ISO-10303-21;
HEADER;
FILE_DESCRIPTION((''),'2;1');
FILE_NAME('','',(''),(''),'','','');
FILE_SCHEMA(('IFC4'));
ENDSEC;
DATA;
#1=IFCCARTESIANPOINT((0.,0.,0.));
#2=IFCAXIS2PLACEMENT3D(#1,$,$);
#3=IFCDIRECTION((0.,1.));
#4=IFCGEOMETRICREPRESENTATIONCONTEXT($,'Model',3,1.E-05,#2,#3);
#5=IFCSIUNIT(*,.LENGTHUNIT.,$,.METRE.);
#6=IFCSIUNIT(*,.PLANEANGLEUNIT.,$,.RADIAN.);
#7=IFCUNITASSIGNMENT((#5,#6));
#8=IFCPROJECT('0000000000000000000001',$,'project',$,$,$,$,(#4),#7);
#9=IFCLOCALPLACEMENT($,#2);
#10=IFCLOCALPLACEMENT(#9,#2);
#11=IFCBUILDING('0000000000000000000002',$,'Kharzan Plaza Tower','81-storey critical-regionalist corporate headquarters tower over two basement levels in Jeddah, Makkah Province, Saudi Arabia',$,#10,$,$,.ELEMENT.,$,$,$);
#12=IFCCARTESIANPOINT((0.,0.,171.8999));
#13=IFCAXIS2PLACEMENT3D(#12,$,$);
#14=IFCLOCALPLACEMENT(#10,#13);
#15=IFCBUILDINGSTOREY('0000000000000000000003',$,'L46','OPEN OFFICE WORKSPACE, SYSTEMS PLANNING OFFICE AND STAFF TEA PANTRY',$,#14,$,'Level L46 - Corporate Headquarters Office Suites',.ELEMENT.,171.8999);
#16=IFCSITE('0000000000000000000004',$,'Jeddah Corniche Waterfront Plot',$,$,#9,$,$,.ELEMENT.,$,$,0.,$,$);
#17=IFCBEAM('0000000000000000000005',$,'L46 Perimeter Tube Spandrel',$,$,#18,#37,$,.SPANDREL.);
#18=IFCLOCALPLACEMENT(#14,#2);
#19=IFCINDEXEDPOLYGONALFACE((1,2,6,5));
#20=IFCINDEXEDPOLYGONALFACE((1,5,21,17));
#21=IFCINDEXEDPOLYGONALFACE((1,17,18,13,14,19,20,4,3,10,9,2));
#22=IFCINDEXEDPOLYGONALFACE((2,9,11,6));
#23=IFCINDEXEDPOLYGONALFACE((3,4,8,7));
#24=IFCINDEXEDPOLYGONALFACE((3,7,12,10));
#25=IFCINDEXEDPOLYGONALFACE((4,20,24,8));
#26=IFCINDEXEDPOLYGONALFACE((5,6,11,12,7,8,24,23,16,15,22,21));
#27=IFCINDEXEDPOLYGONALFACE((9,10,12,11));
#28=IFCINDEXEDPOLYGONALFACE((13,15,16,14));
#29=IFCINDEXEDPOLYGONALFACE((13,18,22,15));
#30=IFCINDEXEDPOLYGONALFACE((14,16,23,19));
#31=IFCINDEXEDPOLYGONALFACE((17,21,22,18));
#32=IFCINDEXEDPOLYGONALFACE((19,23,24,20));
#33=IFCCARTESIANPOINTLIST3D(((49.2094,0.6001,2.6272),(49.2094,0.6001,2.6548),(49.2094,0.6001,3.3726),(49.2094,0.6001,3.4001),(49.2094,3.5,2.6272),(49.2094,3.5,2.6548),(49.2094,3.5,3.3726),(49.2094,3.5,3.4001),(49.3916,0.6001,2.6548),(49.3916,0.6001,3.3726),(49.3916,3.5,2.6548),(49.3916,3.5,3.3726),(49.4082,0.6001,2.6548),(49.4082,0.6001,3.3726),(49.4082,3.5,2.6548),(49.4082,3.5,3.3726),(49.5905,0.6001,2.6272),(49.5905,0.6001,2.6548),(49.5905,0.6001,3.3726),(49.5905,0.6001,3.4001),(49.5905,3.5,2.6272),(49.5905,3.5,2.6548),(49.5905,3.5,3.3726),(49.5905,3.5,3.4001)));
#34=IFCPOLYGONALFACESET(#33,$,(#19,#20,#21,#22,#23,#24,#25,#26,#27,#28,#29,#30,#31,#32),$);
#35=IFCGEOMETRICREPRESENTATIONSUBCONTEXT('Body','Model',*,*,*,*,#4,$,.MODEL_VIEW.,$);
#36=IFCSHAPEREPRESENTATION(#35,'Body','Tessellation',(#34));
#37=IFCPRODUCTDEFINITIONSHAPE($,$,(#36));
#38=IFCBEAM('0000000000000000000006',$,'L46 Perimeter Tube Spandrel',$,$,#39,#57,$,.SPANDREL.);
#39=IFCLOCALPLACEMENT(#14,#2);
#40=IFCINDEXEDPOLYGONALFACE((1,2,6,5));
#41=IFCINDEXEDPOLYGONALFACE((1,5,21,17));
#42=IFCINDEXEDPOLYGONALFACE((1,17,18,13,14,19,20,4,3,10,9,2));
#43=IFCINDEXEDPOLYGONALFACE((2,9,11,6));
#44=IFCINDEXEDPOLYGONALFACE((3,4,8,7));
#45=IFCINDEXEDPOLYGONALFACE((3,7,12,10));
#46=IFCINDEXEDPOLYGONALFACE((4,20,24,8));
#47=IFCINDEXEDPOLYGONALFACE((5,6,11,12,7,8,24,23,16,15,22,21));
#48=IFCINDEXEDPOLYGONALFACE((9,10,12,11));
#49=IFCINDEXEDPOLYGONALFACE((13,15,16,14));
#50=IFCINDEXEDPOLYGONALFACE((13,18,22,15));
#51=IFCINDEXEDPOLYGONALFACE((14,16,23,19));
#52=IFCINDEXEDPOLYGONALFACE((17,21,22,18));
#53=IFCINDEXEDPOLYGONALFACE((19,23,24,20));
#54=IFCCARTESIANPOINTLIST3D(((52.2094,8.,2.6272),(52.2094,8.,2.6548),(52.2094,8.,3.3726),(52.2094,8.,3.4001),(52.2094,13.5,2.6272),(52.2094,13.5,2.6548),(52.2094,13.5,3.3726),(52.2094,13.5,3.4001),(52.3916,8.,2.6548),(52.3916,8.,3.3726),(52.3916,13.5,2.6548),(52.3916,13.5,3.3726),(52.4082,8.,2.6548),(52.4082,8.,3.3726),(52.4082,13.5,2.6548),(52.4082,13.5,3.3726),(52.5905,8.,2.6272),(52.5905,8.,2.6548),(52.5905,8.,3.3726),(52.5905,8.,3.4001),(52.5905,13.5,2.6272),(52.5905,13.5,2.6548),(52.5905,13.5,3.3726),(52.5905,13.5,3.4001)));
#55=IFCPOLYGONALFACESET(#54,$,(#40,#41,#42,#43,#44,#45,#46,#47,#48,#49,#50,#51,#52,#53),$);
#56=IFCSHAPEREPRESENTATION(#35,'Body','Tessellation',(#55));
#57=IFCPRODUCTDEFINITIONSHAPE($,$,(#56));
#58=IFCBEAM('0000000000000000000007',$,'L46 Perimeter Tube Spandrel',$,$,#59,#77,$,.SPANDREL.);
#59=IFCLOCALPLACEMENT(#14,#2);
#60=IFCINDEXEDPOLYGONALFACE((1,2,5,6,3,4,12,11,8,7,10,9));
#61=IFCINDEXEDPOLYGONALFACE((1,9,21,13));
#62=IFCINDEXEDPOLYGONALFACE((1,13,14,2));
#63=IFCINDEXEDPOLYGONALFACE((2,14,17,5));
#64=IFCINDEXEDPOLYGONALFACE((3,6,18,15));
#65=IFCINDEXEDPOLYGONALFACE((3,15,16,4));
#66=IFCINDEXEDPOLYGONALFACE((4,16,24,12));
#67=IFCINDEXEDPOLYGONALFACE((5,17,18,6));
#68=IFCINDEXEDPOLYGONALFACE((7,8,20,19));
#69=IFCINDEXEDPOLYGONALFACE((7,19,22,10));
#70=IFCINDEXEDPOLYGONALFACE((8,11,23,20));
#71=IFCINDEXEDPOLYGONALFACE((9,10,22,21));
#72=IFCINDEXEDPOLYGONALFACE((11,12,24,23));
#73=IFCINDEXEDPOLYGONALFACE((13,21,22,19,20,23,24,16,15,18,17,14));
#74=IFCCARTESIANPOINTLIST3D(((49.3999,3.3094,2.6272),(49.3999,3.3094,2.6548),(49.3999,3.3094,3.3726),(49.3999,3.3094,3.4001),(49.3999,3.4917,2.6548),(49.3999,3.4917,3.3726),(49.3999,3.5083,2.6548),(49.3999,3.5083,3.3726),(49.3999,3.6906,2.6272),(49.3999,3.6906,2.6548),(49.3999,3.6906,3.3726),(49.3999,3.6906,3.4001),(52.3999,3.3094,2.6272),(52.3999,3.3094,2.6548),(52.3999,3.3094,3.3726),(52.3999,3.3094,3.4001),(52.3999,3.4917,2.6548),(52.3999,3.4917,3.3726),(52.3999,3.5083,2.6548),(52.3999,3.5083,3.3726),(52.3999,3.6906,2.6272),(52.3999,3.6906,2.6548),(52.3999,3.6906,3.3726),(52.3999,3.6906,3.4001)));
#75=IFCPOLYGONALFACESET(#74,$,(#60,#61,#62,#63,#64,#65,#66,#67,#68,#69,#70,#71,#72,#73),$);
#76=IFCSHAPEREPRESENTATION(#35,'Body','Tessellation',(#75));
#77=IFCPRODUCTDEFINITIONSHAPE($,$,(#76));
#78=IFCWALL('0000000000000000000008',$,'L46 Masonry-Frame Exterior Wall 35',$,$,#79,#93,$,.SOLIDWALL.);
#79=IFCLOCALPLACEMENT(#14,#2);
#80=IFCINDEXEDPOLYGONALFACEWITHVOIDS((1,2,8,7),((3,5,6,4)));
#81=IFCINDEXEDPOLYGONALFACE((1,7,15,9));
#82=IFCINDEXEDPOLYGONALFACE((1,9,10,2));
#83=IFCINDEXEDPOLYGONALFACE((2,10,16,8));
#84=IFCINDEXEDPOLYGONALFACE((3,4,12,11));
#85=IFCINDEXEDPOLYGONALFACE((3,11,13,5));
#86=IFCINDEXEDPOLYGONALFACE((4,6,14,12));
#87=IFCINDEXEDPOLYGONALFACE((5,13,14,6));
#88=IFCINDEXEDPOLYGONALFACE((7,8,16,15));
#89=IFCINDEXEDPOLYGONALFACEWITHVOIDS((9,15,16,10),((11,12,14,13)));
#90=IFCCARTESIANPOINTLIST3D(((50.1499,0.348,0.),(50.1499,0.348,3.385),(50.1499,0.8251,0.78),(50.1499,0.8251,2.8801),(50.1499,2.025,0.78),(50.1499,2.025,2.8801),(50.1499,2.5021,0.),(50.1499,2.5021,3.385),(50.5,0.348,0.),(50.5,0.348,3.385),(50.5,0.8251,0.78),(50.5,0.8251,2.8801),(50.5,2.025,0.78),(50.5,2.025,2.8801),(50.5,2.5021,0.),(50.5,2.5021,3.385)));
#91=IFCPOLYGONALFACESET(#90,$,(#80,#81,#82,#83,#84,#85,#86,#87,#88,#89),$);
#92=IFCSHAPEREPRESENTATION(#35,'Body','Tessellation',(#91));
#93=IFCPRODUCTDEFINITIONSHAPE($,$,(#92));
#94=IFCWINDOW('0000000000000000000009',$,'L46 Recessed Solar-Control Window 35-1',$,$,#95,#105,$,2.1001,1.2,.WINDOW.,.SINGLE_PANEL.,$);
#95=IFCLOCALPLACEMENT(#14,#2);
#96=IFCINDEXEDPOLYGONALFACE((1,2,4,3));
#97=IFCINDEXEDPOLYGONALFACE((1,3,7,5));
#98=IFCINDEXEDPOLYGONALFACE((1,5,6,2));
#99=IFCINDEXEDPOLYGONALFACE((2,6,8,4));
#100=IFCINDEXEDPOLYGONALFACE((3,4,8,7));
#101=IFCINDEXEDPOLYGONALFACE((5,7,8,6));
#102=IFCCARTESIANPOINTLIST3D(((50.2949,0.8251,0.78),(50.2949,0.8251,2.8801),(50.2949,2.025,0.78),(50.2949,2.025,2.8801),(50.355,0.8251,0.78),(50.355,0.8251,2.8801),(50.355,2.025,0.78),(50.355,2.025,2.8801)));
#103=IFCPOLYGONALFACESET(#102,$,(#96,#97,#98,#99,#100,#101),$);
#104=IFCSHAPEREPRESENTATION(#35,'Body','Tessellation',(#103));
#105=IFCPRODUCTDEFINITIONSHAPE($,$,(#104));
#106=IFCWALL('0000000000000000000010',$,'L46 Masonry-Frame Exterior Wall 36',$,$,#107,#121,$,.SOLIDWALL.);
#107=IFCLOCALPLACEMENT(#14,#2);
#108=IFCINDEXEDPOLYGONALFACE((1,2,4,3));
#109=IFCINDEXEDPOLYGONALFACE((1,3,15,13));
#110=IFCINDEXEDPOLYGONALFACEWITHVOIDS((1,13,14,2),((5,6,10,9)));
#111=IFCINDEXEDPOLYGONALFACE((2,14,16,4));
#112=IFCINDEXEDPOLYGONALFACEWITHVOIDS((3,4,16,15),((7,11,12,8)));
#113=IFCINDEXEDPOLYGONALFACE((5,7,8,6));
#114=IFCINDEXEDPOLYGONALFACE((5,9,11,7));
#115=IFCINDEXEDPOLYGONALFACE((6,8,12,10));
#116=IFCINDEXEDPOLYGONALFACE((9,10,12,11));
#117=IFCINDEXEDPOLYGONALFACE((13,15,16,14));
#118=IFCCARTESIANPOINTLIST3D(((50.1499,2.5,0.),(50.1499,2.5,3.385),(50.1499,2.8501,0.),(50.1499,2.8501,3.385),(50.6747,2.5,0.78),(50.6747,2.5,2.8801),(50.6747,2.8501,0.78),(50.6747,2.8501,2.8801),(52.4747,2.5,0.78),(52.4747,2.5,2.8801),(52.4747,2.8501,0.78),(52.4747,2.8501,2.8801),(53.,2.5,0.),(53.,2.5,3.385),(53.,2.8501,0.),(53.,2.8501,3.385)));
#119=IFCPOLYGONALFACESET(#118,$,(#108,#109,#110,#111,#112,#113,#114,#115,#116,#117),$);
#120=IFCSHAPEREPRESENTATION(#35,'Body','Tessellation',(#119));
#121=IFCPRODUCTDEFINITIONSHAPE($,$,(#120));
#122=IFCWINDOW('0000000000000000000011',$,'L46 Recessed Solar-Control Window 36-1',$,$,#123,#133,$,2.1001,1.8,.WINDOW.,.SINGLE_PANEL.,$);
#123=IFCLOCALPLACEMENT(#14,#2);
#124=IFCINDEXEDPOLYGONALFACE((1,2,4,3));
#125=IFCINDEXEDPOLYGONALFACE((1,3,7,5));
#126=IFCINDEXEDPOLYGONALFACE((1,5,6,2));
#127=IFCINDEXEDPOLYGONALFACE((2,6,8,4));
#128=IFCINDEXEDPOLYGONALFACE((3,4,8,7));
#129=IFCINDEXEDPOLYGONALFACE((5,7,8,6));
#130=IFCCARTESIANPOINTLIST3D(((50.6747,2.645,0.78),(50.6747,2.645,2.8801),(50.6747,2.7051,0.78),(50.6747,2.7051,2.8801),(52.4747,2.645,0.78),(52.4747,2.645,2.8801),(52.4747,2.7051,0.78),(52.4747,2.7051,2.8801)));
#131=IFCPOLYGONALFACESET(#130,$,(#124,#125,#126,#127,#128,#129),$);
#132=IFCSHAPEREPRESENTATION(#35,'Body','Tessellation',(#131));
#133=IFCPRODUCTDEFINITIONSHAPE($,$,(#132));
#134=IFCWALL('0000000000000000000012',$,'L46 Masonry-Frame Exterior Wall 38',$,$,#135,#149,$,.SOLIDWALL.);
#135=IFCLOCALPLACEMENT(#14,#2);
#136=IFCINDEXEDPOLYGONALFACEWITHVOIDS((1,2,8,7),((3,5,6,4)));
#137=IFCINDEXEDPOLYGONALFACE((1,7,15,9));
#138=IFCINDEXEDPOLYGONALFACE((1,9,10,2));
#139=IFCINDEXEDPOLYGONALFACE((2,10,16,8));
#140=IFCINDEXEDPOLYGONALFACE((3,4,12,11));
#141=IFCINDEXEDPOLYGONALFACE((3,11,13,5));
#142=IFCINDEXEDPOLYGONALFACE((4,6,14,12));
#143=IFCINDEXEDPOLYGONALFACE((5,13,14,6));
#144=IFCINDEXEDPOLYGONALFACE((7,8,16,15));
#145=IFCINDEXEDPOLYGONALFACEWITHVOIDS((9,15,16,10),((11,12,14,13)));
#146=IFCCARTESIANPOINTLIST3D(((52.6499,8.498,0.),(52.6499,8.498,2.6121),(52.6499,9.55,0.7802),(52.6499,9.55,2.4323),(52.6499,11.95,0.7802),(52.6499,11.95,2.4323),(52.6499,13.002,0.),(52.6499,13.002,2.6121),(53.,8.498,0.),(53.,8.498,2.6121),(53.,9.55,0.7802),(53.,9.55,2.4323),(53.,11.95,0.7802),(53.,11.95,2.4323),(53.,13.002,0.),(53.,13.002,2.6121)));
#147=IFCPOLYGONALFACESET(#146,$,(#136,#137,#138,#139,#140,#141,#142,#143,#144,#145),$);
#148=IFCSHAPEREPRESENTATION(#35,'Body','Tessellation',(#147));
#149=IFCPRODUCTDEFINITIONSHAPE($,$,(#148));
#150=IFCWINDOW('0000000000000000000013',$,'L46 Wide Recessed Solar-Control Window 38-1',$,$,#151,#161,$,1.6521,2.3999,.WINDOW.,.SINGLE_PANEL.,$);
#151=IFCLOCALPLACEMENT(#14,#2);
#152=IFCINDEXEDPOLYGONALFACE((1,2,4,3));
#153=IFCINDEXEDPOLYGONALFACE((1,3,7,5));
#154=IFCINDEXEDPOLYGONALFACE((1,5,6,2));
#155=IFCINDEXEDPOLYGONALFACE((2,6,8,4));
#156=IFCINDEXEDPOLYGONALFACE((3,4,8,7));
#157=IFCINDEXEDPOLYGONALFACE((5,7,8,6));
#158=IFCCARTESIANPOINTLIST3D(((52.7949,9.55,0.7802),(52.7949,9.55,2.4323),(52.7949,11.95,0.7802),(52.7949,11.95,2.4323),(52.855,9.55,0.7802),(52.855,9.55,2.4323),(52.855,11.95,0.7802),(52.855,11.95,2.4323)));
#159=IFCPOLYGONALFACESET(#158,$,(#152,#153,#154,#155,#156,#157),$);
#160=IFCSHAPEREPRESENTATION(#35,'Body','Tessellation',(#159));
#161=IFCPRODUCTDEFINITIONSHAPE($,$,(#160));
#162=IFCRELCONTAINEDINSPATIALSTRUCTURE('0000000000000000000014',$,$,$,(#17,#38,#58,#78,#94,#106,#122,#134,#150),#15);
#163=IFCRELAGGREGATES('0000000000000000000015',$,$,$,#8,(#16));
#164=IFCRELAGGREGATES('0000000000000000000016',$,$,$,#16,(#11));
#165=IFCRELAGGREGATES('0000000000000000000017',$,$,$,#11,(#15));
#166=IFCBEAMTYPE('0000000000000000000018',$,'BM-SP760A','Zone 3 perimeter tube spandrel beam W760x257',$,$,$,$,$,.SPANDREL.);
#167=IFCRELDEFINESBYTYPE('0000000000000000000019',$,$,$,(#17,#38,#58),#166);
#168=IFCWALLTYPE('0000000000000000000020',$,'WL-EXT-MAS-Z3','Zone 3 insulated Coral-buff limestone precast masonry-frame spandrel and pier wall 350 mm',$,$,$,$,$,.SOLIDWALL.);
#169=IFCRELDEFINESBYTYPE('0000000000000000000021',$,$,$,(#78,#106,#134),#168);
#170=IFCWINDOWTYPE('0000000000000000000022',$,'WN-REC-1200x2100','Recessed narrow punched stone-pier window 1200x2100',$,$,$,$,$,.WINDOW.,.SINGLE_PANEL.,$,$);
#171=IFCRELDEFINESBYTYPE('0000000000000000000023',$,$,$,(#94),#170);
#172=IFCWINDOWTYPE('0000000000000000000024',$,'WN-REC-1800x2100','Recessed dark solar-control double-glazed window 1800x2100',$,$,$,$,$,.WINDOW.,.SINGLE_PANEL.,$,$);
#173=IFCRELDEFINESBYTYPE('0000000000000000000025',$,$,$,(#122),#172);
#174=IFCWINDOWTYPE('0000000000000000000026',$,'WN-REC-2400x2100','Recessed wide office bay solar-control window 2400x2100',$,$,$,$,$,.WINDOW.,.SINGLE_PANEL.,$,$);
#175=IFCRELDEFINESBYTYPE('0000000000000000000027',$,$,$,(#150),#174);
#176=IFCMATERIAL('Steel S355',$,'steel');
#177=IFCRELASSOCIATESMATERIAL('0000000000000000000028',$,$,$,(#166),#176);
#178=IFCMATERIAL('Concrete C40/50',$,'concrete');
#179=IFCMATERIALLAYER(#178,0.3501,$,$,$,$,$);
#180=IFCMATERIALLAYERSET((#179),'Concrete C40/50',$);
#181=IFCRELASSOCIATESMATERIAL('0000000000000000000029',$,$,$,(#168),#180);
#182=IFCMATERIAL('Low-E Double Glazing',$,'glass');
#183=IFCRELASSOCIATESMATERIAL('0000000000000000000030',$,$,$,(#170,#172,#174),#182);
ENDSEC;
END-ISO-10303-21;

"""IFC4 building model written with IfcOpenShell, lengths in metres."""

from ifc_helpers import new_model, si_unit, direction, frame, frame_2d, origin, origin_2d, place, context, subcontext, project, spatial, rectangle, i_section, extrude, source, transform, mapped, material, layer, layer_set, material_profile, profile_set, type_object, element, fill, save


model = new_model("IFC4")

# Units and contexts
model_context = context("Model", 3, precision=1e-05, world=origin(), true_north=direction((0.0, 1.0)))
body_context = subcontext(model_context, "Body", "Model", "MODEL_VIEW")
ifc_project = project(units=[si_unit("LENGTHUNIT", "METRE"), si_unit("PLANEANGLEUNIT", "RADIAN")], contexts=[model_context])

# Site, building, storey
site_placement = place(None, origin())
site = spatial("IfcSite", under=ifc_project, at=site_placement, Name="Jeddah Corniche Waterfront Plot", CompositionType="ELEMENT", RefElevation=0.0)
building_placement = place(site_placement, origin())
building = spatial("IfcBuilding", under=site, at=building_placement, Name="Kharzan Plaza Tower", Description="81-storey critical-regionalist corporate headquarters tower over two basement levels in Jeddah, Makkah Province, Saudi Arabia", CompositionType="ELEMENT")
storey_placement = place(building_placement, frame((0.0, 0.0, 171.8999)))
storey = spatial("IfcBuildingStorey", under=building, at=storey_placement, Name="L46", Description="OPEN OFFICE WORKSPACE, SYSTEMS PLANNING OFFICE AND STAFF TEA PANTRY", LongName="Level L46 - Corporate Headquarters Office Suites", CompositionType="ELEMENT", Elevation=171.8999)

# Beams
ifc_material_1 = material(Name="Steel S355", Category="steel")
ifc_material_profile_1 = material_profile(ifc_material_1, i_section(OverallWidth=0.3811, OverallDepth=0.7729, WebThickness=0.0166, FlangeThickness=0.0276, at=origin_2d()), Name="W760x257")
ifc_profile_set_1 = profile_set([ifc_material_profile_1], Name="Steel S355")
beam_type_1 = type_object("IfcBeamType", Name="BM-SP760A", Description="Zone 3 perimeter tube spandrel beam W760x257", PredefinedType="SPANDREL", material=ifc_profile_set_1)
shared_shape_1 = source(origin(), body_context, "Body", "SweptSolid", [
    extrude(i_section(OverallWidth=0.3811, OverallDepth=0.7729, WebThickness=0.0166, FlangeThickness=0.0276, at=origin_2d()), origin(), (0.0, 0.0, 1.0), 2.8999),
])
beam_1_placement = place(storey_placement, frame((49.3999, 0.6001, 3.0137), z_axis=(0.0, 1.0, 0.0), x_axis=(-1.0, 0.0, 0.0)))
element("IfcBeam", 1, at=beam_1_placement, inside=storey, type_object=beam_type_1, Name="L46 Perimeter Tube Spandrel", PredefinedType="SPANDREL", context=body_context, shape_type="MappedRepresentation", body=[
    mapped(shared_shape_1, transform((0.0, 0.0, 0.0), x_axis=(1.0, 0.0, 0.0), y_axis=(0.0, 1.0, 0.0), z_axis=(0.0, 0.0, 1.0))),
])
shared_shape_2 = source(origin(), body_context, "Body", "SweptSolid", [
    extrude(i_section(OverallWidth=0.3811, OverallDepth=0.7729, WebThickness=0.0166, FlangeThickness=0.0276, at=origin_2d()), origin(), (0.0, 0.0, 1.0), 5.5),
])
beam_2_placement = place(storey_placement, frame((52.3999, 8.0, 3.0137), z_axis=(0.0, 1.0, 0.0), x_axis=(-1.0, 0.0, 0.0)))
element("IfcBeam", 2, at=beam_2_placement, inside=storey, type_object=beam_type_1, Name="L46 Perimeter Tube Spandrel", PredefinedType="SPANDREL", context=body_context, shape_type="MappedRepresentation", body=[
    mapped(shared_shape_2, transform((0.0, 0.0, 0.0), x_axis=(1.0, 0.0, 0.0), y_axis=(0.0, 1.0, 0.0), z_axis=(0.0, 0.0, 1.0))),
])
shared_shape_3 = source(origin(), body_context, "Body", "SweptSolid", [
    extrude(i_section(OverallWidth=0.3811, OverallDepth=0.7729, WebThickness=0.0166, FlangeThickness=0.0276, at=origin_2d()), origin(), (0.0, 0.0, 1.0), 3.0),
])
beam_3_placement = place(storey_placement, frame((49.3999, 3.5, 3.0137), z_axis=(1.0, 0.0, 0.0), x_axis=(0.0, 1.0, 0.0)))
element("IfcBeam", 3, at=beam_3_placement, inside=storey, type_object=beam_type_1, Name="L46 Perimeter Tube Spandrel", PredefinedType="SPANDREL", context=body_context, shape_type="MappedRepresentation", body=[
    mapped(shared_shape_3, transform((0.0, 0.0, 0.0), x_axis=(1.0, 0.0, 0.0), y_axis=(0.0, 1.0, 0.0), z_axis=(0.0, 0.0, 1.0))),
])

# Walls, openings, windows
ifc_material_2 = material(Name="Concrete C40/50", Category="concrete")
ifc_layer_1 = layer(ifc_material_2, 0.3501)
ifc_layer_set_1 = layer_set([ifc_layer_1], Name="Concrete C40/50")
wall_type_1 = type_object("IfcWallType", Name="WL-EXT-MAS-Z3", Description="Zone 3 insulated Coral-buff limestone precast masonry-frame spandrel and pier wall 350 mm", PredefinedType="SOLIDWALL", material=ifc_layer_set_1)
wall_1_placement = place(storey_placement, frame((50.325, 0.3479, 0.0), z_axis=(0.0, 0.0, 1.0), x_axis=(0.0, 1.0, 0.0)))
wall_1 = element("IfcWall", 4, at=wall_1_placement, inside=storey, type_object=wall_type_1, Name="L46 Masonry-Frame Exterior Wall 35", PredefinedType="SOLIDWALL", context=body_context, shape_type="SweptSolid", body=[
    extrude(rectangle(XDim=2.1541, YDim=0.3501, at=frame_2d((1.0771, 0.0))), origin(), (0.0, 0.0, 1.0), 3.385),
])
opening_1_placement = place(wall_1_placement, frame((0.4771, 0.0, 0.78)))
opening_1 = element("IfcOpeningElement", 5, at=opening_1_placement, cuts=wall_1, PredefinedType="OPENING", context=body_context, shape_type="SweptSolid", body=[
    extrude(rectangle(XDim=1.2, YDim=2.1001, at=frame_2d((0.6001, 1.05))), frame((0.0, 0.1851, 0.0), z_axis=(0.0, -1.0, 0.0), x_axis=(1.0, 0.0, 0.0)), (0.0, 0.0, 1.0), 0.3701),
])
ifc_material_3 = material(Name="Low-E Double Glazing", Category="glass")
window_type_1 = type_object("IfcWindowType", Name="WN-REC-1200x2100", Description="Recessed narrow punched stone-pier window 1200x2100", PartitioningType="SINGLE_PANEL", PredefinedType="WINDOW", material=ifc_material_3)
shared_shape_4 = source(origin(), body_context, "Body", "SweptSolid", [
    extrude(rectangle(XDim=1.2, YDim=2.1001, at=frame_2d((0.6001, 1.05))), frame((0.0, 0.03, 0.0), z_axis=(0.0, -1.0, 0.0), x_axis=(1.0, 0.0, 0.0)), (0.0, 0.0, 1.0), 0.0601),
])
window_1_placement = place(opening_1_placement, origin())
window_1 = element("IfcWindow", 6, at=window_1_placement, inside=storey, type_object=window_type_1, Name="L46 Recessed Solar-Control Window 35-1", OverallHeight=2.1001, OverallWidth=1.2, PartitioningType="SINGLE_PANEL", PredefinedType="WINDOW", context=body_context, shape_type="MappedRepresentation", body=[
    mapped(shared_shape_4, transform((0.0, 0.0, 0.0), x_axis=(1.0, 0.0, 0.0), y_axis=(0.0, 1.0, 0.0), z_axis=(0.0, 0.0, 1.0))),
])
fill(opening_1, window_1)
wall_2_placement = place(storey_placement, frame((50.1499, 2.675, 0.0), z_axis=(0.0, 0.0, 1.0), x_axis=(1.0, 0.0, 0.0)))
wall_2 = element("IfcWall", 7, at=wall_2_placement, inside=storey, type_object=wall_type_1, Name="L46 Masonry-Frame Exterior Wall 36", PredefinedType="SOLIDWALL", context=body_context, shape_type="SweptSolid", body=[
    extrude(rectangle(XDim=2.8501, YDim=0.3501, at=frame_2d((1.425, 0.0))), origin(), (0.0, 0.0, 1.0), 3.385),
])
opening_2_placement = place(wall_2_placement, frame((0.5249, 0.0, 0.78)))
opening_2 = element("IfcOpeningElement", 8, at=opening_2_placement, cuts=wall_2, PredefinedType="OPENING", context=body_context, shape_type="SweptSolid", body=[
    extrude(rectangle(XDim=1.8, YDim=2.1001, at=frame_2d((0.8999, 1.05))), frame((0.0, 0.1851, 0.0), z_axis=(0.0, -1.0, 0.0), x_axis=(1.0, 0.0, 0.0)), (0.0, 0.0, 1.0), 0.3701),
])
window_type_2 = type_object("IfcWindowType", Name="WN-REC-1800x2100", Description="Recessed dark solar-control double-glazed window 1800x2100", PartitioningType="SINGLE_PANEL", PredefinedType="WINDOW", material=ifc_material_3)
shared_shape_5 = source(origin(), body_context, "Body", "SweptSolid", [
    extrude(rectangle(XDim=1.8, YDim=2.1001, at=frame_2d((0.8999, 1.05))), frame((0.0, 0.03, 0.0), z_axis=(0.0, -1.0, 0.0), x_axis=(1.0, 0.0, 0.0)), (0.0, 0.0, 1.0), 0.0601),
])
window_2_placement = place(opening_2_placement, origin())
window_2 = element("IfcWindow", 9, at=window_2_placement, inside=storey, type_object=window_type_2, Name="L46 Recessed Solar-Control Window 36-1", OverallHeight=2.1001, OverallWidth=1.8, PartitioningType="SINGLE_PANEL", PredefinedType="WINDOW", context=body_context, shape_type="MappedRepresentation", body=[
    mapped(shared_shape_5, transform((0.0, 0.0, 0.0), x_axis=(1.0, 0.0, 0.0), y_axis=(0.0, 1.0, 0.0), z_axis=(0.0, 0.0, 1.0))),
])
fill(opening_2, window_2)
wall_3_placement = place(storey_placement, frame((52.825, 8.498, 0.0), z_axis=(0.0, 0.0, 1.0), x_axis=(0.0, 1.0, 0.0)))
wall_3 = element("IfcWall", 10, at=wall_3_placement, inside=storey, type_object=wall_type_1, Name="L46 Masonry-Frame Exterior Wall 38", PredefinedType="SOLIDWALL", context=body_context, shape_type="SweptSolid", body=[
    extrude(rectangle(XDim=4.5039, YDim=0.3501, at=frame_2d((2.252, 0.0))), origin(), (0.0, 0.0, 1.0), 2.6121),
])
opening_3_placement = place(wall_3_placement, frame((1.052, 0.0, 0.78)))
opening_3 = element("IfcOpeningElement", 11, at=opening_3_placement, cuts=wall_3, PredefinedType="OPENING", context=body_context, shape_type="SweptSolid", body=[
    extrude(rectangle(XDim=2.3999, YDim=1.6521, at=frame_2d((1.2, 0.8262))), frame((0.0, 0.1851, 0.0), z_axis=(0.0, -1.0, 0.0), x_axis=(1.0, 0.0, 0.0)), (0.0, 0.0, 1.0), 0.3701),
])
window_type_3 = type_object("IfcWindowType", Name="WN-REC-2400x2100", Description="Recessed wide office bay solar-control window 2400x2100", PartitioningType="SINGLE_PANEL", PredefinedType="WINDOW", material=ifc_material_3)
shared_shape_6 = source(origin(), body_context, "Body", "SweptSolid", [
    extrude(rectangle(XDim=2.3999, YDim=1.6521, at=frame_2d((1.2, 0.8262))), frame((0.0, 0.03, 0.0), z_axis=(0.0, -1.0, 0.0), x_axis=(1.0, 0.0, 0.0)), (0.0, 0.0, 1.0), 0.0601),
])
window_3_placement = place(opening_3_placement, origin())
window_3 = element("IfcWindow", 12, at=window_3_placement, inside=storey, type_object=window_type_3, Name="L46 Wide Recessed Solar-Control Window 38-1", OverallHeight=1.6521, OverallWidth=2.3999, PartitioningType="SINGLE_PANEL", PredefinedType="WINDOW", context=body_context, shape_type="MappedRepresentation", body=[
    mapped(shared_shape_6, transform((0.0, 0.0, 0.0), x_axis=(1.0, 0.0, 0.0), y_axis=(0.0, 1.0, 0.0), z_axis=(0.0, 0.0, 1.0))),
])
fill(opening_3, window_3)

save(model, "model.ifc")
